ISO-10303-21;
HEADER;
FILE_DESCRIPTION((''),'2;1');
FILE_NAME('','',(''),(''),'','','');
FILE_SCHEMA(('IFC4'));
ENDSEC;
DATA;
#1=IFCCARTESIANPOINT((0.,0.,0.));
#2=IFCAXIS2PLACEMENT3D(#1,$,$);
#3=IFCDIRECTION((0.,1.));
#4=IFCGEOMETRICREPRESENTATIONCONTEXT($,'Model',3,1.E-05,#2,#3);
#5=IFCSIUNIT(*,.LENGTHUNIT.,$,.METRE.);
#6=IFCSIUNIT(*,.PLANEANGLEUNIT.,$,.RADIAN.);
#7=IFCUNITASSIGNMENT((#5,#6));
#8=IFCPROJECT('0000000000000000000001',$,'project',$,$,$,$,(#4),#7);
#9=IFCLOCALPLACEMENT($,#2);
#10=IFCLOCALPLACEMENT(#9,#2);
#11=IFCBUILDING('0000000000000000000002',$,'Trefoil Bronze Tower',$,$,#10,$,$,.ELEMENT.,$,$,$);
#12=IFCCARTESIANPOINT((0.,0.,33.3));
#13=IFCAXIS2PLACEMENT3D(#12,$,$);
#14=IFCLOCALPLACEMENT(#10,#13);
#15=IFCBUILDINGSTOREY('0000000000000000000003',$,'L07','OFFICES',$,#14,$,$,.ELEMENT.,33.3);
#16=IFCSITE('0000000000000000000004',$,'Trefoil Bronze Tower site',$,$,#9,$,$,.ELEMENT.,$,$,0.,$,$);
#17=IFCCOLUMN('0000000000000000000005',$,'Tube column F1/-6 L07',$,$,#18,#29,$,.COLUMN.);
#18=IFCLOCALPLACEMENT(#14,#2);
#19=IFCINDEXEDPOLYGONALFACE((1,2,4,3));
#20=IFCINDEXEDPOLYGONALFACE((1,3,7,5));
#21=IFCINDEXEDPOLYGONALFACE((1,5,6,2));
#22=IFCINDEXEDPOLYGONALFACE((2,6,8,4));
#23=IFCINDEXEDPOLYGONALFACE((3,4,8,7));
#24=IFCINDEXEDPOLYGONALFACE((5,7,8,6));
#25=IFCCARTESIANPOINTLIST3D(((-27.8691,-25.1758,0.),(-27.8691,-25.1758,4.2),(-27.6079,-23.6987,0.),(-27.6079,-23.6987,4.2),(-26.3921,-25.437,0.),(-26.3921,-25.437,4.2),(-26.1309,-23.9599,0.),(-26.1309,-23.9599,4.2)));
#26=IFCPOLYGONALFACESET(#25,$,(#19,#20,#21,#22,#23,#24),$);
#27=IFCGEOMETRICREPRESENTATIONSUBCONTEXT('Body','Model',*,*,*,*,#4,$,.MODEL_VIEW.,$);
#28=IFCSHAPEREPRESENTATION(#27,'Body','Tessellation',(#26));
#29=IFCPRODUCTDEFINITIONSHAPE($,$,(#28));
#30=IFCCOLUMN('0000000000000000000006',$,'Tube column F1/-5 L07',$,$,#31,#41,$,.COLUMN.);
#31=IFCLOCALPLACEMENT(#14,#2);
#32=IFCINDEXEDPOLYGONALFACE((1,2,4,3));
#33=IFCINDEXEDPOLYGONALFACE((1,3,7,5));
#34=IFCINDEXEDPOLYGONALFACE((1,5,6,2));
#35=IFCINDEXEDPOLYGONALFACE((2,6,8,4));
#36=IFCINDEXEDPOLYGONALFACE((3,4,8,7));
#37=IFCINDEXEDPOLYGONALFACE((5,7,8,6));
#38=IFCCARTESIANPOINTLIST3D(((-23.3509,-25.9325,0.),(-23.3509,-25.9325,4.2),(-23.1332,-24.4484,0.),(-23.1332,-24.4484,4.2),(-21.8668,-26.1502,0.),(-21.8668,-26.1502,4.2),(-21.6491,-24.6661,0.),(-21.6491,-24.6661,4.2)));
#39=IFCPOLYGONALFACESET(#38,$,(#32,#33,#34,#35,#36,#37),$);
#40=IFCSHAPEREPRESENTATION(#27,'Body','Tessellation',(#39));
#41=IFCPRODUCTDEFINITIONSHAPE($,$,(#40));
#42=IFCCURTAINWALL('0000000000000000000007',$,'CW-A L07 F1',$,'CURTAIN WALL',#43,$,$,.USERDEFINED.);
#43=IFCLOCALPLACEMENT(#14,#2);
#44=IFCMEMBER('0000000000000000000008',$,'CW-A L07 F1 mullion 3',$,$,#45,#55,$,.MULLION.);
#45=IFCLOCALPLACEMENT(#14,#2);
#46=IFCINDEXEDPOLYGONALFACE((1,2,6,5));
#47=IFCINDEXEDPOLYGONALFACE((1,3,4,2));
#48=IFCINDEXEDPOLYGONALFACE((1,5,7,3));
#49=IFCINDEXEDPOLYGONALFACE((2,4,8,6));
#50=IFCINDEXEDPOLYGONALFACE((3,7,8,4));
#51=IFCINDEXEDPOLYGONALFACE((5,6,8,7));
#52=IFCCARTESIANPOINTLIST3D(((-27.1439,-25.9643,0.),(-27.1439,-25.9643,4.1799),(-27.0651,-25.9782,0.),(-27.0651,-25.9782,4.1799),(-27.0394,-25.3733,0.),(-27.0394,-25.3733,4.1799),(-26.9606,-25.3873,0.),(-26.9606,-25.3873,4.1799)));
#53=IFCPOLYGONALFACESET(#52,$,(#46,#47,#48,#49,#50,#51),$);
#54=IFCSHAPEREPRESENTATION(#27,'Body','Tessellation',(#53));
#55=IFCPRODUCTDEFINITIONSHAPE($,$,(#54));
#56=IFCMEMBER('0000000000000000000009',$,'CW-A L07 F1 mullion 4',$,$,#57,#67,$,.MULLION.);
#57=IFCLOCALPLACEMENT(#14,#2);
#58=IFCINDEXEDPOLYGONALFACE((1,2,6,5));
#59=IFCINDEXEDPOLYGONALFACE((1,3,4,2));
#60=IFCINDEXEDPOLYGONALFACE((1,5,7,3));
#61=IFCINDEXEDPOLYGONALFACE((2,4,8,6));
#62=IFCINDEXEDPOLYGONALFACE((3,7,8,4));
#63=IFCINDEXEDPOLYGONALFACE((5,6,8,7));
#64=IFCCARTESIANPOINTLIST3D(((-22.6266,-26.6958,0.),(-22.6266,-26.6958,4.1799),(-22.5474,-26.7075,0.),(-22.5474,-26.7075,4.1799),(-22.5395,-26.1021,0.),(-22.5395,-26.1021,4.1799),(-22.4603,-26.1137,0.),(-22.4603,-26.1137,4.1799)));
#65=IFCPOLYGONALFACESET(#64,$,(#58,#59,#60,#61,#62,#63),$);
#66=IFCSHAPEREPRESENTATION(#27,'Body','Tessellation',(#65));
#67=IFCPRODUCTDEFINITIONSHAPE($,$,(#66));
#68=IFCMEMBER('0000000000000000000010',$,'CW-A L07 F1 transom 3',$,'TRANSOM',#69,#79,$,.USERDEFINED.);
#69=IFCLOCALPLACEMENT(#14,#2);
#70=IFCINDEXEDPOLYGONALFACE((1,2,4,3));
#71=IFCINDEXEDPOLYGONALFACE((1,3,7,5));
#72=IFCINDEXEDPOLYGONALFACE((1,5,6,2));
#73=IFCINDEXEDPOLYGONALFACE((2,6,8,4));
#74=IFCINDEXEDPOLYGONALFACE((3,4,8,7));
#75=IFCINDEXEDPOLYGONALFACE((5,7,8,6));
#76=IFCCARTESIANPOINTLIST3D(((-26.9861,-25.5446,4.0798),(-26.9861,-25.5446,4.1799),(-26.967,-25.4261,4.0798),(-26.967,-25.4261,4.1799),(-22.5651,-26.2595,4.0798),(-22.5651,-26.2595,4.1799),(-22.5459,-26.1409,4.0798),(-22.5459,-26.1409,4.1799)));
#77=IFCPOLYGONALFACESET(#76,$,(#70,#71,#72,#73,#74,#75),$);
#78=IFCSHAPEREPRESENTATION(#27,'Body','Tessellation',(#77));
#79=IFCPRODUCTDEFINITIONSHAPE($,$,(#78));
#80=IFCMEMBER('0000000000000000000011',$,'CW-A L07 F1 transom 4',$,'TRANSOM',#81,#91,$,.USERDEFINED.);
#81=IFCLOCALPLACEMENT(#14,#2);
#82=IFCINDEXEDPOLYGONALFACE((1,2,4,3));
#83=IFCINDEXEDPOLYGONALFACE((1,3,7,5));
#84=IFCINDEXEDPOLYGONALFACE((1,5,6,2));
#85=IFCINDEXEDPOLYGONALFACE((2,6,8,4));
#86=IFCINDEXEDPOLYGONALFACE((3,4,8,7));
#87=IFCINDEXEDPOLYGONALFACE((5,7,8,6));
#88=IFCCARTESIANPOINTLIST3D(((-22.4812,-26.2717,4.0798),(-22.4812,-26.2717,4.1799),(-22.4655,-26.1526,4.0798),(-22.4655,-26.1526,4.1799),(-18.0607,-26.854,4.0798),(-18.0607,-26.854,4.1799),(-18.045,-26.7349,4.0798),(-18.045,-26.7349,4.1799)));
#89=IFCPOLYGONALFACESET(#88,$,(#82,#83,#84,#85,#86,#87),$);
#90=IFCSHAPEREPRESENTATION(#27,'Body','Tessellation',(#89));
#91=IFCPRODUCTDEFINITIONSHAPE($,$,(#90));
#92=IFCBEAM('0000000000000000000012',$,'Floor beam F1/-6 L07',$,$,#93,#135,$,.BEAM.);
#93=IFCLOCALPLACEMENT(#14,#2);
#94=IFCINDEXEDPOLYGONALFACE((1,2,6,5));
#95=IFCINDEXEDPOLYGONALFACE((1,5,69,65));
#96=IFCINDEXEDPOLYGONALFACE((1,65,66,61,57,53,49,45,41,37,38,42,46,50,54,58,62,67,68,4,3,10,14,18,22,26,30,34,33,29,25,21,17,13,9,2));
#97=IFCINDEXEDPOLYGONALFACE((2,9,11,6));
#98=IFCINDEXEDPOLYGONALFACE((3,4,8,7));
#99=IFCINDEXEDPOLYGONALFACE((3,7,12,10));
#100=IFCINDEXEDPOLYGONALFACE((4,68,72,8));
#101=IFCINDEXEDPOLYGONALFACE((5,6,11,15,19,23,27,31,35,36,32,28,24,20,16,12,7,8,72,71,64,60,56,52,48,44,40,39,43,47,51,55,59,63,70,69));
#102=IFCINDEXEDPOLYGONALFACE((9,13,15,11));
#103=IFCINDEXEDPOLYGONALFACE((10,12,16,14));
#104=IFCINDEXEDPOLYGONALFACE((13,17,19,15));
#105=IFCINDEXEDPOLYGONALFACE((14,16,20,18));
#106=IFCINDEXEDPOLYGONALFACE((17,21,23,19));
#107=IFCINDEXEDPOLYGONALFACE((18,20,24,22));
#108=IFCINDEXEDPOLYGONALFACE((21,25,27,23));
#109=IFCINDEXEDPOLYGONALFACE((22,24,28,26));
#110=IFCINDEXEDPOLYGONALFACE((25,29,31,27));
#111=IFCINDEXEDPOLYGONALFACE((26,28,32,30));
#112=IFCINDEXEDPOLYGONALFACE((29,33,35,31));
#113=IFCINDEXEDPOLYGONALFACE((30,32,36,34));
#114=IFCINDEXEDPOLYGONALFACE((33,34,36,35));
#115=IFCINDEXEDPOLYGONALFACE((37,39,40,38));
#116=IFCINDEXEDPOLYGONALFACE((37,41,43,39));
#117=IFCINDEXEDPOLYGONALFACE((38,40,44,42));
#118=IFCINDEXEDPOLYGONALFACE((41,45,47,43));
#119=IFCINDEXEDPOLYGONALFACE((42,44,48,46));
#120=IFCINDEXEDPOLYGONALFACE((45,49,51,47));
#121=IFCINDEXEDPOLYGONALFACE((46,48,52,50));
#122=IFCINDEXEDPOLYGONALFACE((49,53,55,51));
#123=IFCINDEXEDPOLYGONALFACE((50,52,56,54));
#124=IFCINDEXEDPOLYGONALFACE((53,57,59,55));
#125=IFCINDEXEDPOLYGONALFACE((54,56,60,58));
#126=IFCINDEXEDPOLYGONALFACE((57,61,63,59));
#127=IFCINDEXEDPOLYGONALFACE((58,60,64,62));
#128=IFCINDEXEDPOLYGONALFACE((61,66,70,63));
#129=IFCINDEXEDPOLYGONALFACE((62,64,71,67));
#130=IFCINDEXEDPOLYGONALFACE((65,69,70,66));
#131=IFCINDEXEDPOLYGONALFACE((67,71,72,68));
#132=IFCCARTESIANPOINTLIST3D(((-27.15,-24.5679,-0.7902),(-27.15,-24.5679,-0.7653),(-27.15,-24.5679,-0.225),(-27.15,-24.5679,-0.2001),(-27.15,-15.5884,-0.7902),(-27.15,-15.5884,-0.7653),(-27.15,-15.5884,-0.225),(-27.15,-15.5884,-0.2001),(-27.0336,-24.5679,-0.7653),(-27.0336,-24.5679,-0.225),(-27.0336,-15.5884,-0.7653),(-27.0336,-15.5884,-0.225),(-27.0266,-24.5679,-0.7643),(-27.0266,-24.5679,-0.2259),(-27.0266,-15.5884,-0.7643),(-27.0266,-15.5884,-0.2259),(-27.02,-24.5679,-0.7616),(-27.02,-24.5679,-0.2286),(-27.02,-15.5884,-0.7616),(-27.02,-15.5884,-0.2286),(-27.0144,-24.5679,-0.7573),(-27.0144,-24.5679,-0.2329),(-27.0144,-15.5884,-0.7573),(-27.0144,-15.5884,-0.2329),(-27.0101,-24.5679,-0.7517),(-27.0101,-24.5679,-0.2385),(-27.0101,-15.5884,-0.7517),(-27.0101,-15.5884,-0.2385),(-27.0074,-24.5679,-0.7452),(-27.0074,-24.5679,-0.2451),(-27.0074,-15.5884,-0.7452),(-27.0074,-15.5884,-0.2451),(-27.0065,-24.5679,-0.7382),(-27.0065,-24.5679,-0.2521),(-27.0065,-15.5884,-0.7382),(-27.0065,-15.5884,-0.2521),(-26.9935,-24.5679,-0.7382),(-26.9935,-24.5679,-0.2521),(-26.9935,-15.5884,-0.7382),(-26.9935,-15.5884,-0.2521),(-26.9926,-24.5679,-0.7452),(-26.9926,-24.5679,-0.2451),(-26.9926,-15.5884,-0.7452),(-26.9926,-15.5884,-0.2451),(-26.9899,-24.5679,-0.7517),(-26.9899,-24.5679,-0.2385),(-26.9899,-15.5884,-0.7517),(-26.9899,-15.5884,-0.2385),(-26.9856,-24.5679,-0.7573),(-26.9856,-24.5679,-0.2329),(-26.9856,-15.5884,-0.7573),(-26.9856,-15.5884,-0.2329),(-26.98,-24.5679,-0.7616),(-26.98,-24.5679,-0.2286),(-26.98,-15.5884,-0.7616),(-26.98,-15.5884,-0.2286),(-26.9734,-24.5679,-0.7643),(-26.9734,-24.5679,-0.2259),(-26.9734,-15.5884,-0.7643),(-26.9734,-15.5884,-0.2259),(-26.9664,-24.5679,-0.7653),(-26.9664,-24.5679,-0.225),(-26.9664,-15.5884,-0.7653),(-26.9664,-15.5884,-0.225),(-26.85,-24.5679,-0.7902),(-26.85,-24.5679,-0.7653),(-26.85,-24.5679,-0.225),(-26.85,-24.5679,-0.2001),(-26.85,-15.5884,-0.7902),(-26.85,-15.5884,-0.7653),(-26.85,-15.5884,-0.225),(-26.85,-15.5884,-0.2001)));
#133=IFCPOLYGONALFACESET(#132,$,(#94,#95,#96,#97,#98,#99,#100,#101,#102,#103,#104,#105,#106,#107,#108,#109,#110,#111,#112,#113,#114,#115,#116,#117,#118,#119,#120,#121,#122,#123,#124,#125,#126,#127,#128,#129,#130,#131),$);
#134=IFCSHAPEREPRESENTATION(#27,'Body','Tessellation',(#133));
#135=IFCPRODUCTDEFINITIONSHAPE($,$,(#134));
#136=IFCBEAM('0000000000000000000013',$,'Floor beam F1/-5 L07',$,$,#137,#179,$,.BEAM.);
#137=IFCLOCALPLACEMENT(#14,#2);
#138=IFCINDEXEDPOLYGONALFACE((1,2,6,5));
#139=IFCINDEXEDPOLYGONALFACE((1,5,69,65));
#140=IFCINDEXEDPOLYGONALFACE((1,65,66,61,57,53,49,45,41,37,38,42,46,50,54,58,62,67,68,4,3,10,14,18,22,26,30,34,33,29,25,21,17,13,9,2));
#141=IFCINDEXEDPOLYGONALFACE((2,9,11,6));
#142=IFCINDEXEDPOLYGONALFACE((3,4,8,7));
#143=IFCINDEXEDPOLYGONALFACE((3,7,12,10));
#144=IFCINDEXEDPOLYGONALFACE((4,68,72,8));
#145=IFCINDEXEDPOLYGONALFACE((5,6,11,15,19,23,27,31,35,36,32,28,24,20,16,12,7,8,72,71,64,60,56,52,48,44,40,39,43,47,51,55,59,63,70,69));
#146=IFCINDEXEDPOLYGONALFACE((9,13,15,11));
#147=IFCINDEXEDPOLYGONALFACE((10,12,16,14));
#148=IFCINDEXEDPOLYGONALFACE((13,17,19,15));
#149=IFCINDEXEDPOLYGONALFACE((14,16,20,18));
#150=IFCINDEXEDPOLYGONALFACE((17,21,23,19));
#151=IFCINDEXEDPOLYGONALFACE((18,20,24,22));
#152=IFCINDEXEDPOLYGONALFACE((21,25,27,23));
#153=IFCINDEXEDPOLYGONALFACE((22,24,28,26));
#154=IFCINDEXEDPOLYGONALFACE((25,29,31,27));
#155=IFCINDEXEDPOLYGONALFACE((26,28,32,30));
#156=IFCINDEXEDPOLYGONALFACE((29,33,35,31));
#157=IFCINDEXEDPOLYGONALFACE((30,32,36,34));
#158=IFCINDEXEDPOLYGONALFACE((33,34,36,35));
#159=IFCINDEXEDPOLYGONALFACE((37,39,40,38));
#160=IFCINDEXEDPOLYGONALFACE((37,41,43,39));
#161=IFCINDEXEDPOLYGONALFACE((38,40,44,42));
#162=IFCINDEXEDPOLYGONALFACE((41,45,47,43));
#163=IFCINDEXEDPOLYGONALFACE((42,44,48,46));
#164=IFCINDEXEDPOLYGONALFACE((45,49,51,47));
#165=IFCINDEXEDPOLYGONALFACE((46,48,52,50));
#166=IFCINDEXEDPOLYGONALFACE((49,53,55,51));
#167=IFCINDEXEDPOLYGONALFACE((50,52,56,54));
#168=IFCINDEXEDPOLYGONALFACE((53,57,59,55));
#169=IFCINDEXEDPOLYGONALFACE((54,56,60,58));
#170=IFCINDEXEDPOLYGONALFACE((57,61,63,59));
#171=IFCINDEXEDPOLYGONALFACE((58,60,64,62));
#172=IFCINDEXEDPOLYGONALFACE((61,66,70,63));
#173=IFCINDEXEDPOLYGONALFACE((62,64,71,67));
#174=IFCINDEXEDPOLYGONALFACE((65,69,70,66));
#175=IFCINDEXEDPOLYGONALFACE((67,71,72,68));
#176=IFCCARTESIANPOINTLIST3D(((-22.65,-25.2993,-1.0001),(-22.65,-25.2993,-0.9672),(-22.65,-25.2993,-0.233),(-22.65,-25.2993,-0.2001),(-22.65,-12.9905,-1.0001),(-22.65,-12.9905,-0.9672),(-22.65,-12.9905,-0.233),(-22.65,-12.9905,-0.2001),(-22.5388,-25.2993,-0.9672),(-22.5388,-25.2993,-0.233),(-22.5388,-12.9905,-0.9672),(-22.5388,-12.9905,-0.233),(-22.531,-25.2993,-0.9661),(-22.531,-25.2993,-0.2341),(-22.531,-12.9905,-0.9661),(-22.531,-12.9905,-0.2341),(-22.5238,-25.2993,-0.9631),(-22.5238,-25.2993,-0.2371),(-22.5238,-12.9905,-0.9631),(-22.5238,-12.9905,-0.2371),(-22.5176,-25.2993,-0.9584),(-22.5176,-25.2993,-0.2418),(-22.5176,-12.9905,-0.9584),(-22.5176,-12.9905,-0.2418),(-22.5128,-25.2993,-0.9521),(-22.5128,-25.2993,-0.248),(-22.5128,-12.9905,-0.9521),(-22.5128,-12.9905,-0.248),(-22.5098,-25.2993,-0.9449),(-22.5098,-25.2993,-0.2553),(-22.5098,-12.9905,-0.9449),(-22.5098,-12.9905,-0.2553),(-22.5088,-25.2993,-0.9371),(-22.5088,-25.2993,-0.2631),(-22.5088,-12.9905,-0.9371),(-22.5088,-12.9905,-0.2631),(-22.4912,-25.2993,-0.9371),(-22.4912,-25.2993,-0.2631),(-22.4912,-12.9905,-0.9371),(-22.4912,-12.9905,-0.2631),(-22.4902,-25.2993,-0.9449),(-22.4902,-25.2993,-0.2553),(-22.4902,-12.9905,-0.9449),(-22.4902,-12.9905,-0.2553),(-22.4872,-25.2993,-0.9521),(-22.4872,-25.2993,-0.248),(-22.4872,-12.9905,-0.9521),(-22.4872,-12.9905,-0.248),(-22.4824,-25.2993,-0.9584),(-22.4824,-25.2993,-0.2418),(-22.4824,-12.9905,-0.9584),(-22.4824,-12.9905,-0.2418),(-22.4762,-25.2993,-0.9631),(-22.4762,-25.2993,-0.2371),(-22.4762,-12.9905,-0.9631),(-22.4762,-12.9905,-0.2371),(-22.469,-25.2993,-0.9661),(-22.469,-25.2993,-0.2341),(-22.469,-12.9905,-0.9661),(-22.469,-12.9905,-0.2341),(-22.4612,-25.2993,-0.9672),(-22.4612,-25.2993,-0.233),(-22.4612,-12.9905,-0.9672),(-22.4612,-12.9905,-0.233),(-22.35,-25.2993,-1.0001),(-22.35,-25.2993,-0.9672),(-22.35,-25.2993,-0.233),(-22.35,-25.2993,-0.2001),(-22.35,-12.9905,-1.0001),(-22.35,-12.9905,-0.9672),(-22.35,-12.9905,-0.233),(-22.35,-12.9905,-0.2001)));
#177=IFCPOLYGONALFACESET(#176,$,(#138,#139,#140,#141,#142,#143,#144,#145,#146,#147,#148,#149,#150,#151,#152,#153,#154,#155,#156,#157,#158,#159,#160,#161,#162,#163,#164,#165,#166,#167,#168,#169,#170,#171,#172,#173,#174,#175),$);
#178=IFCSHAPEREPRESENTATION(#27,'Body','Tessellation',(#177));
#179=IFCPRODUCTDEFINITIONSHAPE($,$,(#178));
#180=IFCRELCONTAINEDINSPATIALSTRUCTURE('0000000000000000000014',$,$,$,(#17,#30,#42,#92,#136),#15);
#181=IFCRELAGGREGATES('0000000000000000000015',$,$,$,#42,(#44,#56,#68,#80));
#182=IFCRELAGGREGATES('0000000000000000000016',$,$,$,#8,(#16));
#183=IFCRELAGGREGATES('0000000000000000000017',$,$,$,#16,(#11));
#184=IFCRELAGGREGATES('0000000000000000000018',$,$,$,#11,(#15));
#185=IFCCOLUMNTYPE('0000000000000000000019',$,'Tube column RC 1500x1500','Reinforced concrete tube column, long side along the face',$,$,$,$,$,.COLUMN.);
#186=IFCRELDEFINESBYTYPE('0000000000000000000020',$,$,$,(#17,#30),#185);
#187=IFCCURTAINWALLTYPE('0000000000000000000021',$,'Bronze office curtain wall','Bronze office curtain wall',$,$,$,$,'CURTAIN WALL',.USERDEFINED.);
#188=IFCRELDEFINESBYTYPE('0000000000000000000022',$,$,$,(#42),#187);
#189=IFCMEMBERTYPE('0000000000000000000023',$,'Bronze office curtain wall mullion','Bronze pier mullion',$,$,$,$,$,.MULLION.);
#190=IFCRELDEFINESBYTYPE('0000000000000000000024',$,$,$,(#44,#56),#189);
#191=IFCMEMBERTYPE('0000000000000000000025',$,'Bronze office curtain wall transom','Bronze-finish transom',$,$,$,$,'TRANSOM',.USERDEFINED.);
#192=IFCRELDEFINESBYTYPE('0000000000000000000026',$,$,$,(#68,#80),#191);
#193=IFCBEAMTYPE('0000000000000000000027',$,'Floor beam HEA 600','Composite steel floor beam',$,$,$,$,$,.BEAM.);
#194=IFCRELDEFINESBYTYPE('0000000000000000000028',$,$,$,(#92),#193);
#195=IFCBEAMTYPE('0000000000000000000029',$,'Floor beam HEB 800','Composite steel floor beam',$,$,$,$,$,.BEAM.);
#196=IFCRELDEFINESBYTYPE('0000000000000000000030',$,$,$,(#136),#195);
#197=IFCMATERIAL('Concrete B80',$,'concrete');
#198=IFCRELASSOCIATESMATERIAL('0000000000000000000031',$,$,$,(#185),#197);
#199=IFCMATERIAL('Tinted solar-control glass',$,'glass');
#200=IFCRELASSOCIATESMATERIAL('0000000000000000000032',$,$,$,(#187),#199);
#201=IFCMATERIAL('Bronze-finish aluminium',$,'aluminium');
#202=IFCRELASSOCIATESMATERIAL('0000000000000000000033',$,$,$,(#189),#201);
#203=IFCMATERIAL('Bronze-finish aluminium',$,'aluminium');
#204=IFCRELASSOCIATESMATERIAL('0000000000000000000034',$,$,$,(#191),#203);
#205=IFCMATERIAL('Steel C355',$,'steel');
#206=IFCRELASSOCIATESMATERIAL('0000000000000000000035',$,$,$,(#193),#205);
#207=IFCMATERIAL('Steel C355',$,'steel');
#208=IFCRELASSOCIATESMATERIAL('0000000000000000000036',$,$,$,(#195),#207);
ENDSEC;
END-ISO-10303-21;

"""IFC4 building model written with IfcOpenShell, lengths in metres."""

from ifc_helpers import new_model, si_unit, direction, frame, origin, origin_2d, place, context, subcontext, project, spatial, rectangle, i_section, extrude, material, material_profile, profile_set, type_object, element, aggregate, save


model = new_model("IFC4")

# Units and contexts
model_context = context("Model", 3, precision=1e-05, world=origin(), true_north=direction((0.0, 1.0)))
body_context = subcontext(model_context, "Body", "Model", "MODEL_VIEW")
ifc_project = project(units=[si_unit("LENGTHUNIT", "METRE"), si_unit("PLANEANGLEUNIT", "RADIAN")], contexts=[model_context])

# Site, building, storey
site_placement = place(None, origin())
site = spatial("IfcSite", under=ifc_project, at=site_placement, Name="Trefoil Bronze Tower site", CompositionType="ELEMENT", RefElevation=0.0)
building_placement = place(site_placement, origin())
building = spatial("IfcBuilding", under=site, at=building_placement, Name="Trefoil Bronze Tower", CompositionType="ELEMENT")
storey_placement = place(building_placement, frame((0.0, 0.0, 33.3)))
storey = spatial("IfcBuildingStorey", under=building, at=storey_placement, Name="L07", Description="OFFICES", CompositionType="ELEMENT", Elevation=33.3)

# Columns
ifc_material_1 = material(Name="Concrete B80", Category="concrete")
ifc_material_profile_1 = material_profile(ifc_material_1, rectangle(XDim=1.5, YDim=1.5, at=origin_2d()), Name="RC 1500x1500")
ifc_profile_set_1 = profile_set([ifc_material_profile_1], Name="Concrete B80")
column_type = type_object("IfcColumnType", Name="Tube column RC 1500x1500", Description="Reinforced concrete tube column, long side along the face", PredefinedType="COLUMN", material=ifc_profile_set_1)
for number, where, z_axis, x_axis, name in (
    (1, (-27.0, -24.5679, 0.0), (0.0, 0.0, 1.0), (0.984722, -0.174131, 0.0), "Tube column F1/-6 L07"),
    (2, (-22.5, -25.2993, 0.0), (0.0, 0.0, 1.0), (0.989416, -0.145109, 0.0), "Tube column F1/-5 L07"),
):
    element("IfcColumn", number, at=place(storey_placement, frame(where, z_axis=z_axis, x_axis=x_axis)), inside=storey, type_object=column_type, Name=name, PredefinedType="COLUMN", context=body_context, shape_type="SweptSolid", body=[
        extrude(rectangle(XDim=1.5, YDim=1.5, at=origin_2d()), origin(), (0.0, 0.0, 1.0), 4.2),
    ])

# Curtain wall, members
ifc_material_2 = material(Name="Tinted solar-control glass", Category="glass")
curtain_wall_type = type_object("IfcCurtainWallType", Name="Bronze office curtain wall", Description="Bronze office curtain wall", ElementType="CURTAIN WALL", PredefinedType="USERDEFINED", material=ifc_material_2)
curtain_wall_placement = place(storey_placement, origin())
curtain_wall = element("IfcCurtainWall", 3, at=curtain_wall_placement, inside=storey, type_object=curtain_wall_type, Name="CW-A L07 F1", ObjectType="CURTAIN WALL", PredefinedType="USERDEFINED")
ifc_material_3 = material(Name="Bronze-finish aluminium", Category="aluminium")
ifc_material_profile_2 = material_profile(ifc_material_3, rectangle(XDim=0.6001, YDim=0.0801, at=origin_2d()), Name="CW-A mullion")
ifc_profile_set_2 = profile_set([ifc_material_profile_2], Name="Bronze-finish aluminium")
member_type_1 = type_object("IfcMemberType", Name="Bronze office curtain wall mullion", Description="Bronze pier mullion", PredefinedType="MULLION", material=ifc_profile_set_2)
member_1_placement = place(storey_placement, frame((-27.0522, -25.6758, 0.0), z_axis=(0.0, 0.0, 1.0), x_axis=(0.174131, 0.984722, 0.0)))
member_1 = element("IfcMember", 4, at=member_1_placement, type_object=member_type_1, Name="CW-A L07 F1 mullion 3", PredefinedType="MULLION", context=body_context, shape_type="SweptSolid", body=[
    extrude(rectangle(XDim=0.6001, YDim=0.0801, at=origin_2d()), origin(), (0.0, 0.0, 1.0), 4.1799),
])
member_2_placement = place(storey_placement, frame((-22.5435, -26.4048, 0.0), z_axis=(0.0, 0.0, 1.0), x_axis=(0.145109, 0.989416, 0.0)))
member_2 = element("IfcMember", 5, at=member_2_placement, type_object=member_type_1, Name="CW-A L07 F1 mullion 4", PredefinedType="MULLION", context=body_context, shape_type="SweptSolid", body=[
    extrude(rectangle(XDim=0.6001, YDim=0.0801, at=origin_2d()), origin(), (0.0, 0.0, 1.0), 4.1799),
])
ifc_material_4 = material(Name="Bronze-finish aluminium", Category="aluminium")
ifc_material_profile_3 = material_profile(ifc_material_4, rectangle(XDim=0.1201, YDim=0.1001, at=origin_2d()), Name="CW-A transom")
ifc_profile_set_3 = profile_set([ifc_material_profile_3], Name="Bronze-finish aluminium")
member_type_2 = type_object("IfcMemberType", Name="Bronze office curtain wall transom", Description="Bronze-finish transom", ElementType="TRANSOM", PredefinedType="USERDEFINED", material=ifc_profile_set_3)
member_3_placement = place(storey_placement, frame((-26.9766, -25.4854, 4.1299), z_axis=(0.987179, -0.159615, 0.0), x_axis=(0.159615, 0.987179, 0.0)))
member_3 = element("IfcMember", 6, at=member_3_placement, type_object=member_type_2, Name="CW-A L07 F1 transom 3", ObjectType="TRANSOM", PredefinedType="USERDEFINED", context=body_context, shape_type="SweptSolid", body=[
    extrude(rectangle(XDim=0.1201, YDim=0.1001, at=origin_2d()), origin(), (0.0, 0.0, 1.0), 4.4785),
])
member_4_placement = place(storey_placement, frame((-22.4734, -26.2122, 4.1299), z_axis=(0.991437, -0.130589, 0.0), x_axis=(0.130589, 0.991437, 0.0)))
member_4 = element("IfcMember", 7, at=member_4_placement, type_object=member_type_2, Name="CW-A L07 F1 transom 4", ObjectType="TRANSOM", PredefinedType="USERDEFINED", context=body_context, shape_type="SweptSolid", body=[
    extrude(rectangle(XDim=0.1201, YDim=0.1001, at=origin_2d()), origin(), (0.0, 0.0, 1.0), 4.4587),
])

# Beams
ifc_material_5 = material(Name="Steel C355", Category="steel")
ifc_material_profile_4 = material_profile(ifc_material_5, i_section(OverallWidth=0.3, OverallDepth=0.5901, WebThickness=0.0129, FlangeThickness=0.0249, FilletRadius=0.0271, at=origin_2d()), Name="HEA 600")
ifc_profile_set_4 = profile_set([ifc_material_profile_4], Name="Steel C355")
beam_type_1 = type_object("IfcBeamType", Name="Floor beam HEA 600", Description="Composite steel floor beam", PredefinedType="BEAM", material=ifc_profile_set_4)
beam_1_placement = place(storey_placement, frame((-27.0, -24.5679, -0.4951), z_axis=(0.0, 1.0, 0.0), x_axis=(-1.0, 0.0, 0.0)))
element("IfcBeam", 8, at=beam_1_placement, inside=storey, type_object=beam_type_1, Name="Floor beam F1/-6 L07", PredefinedType="BEAM", context=body_context, shape_type="SweptSolid", body=[
    extrude(i_section(OverallWidth=0.3, OverallDepth=0.5901, WebThickness=0.0129, FlangeThickness=0.0249, FilletRadius=0.0271, at=origin_2d()), origin(), (0.0, 0.0, 1.0), 8.9795),
])
ifc_material_6 = material(Name="Steel C355", Category="steel")
ifc_material_profile_5 = material_profile(ifc_material_6, i_section(OverallWidth=0.3, OverallDepth=0.8, WebThickness=0.0176, FlangeThickness=0.033, FilletRadius=0.03, at=origin_2d()), Name="HEB 800")
ifc_profile_set_5 = profile_set([ifc_material_profile_5], Name="Steel C355")
beam_type_2 = type_object("IfcBeamType", Name="Floor beam HEB 800", Description="Composite steel floor beam", PredefinedType="BEAM", material=ifc_profile_set_5)
beam_2_placement = place(storey_placement, frame((-22.5, -25.2993, -0.6001), z_axis=(0.0, 1.0, 0.0), x_axis=(-1.0, 0.0, 0.0)))
element("IfcBeam", 9, at=beam_2_placement, inside=storey, type_object=beam_type_2, Name="Floor beam F1/-5 L07", PredefinedType="BEAM", context=body_context, shape_type="SweptSolid", body=[
    extrude(i_section(OverallWidth=0.3, OverallDepth=0.8, WebThickness=0.0176, FlangeThickness=0.033, FilletRadius=0.03, at=origin_2d()), origin(), (0.0, 0.0, 1.0), 12.3088),
])

aggregate(curtain_wall, [member_1, member_2, member_3, member_4])

save(model, "model.ifc")
